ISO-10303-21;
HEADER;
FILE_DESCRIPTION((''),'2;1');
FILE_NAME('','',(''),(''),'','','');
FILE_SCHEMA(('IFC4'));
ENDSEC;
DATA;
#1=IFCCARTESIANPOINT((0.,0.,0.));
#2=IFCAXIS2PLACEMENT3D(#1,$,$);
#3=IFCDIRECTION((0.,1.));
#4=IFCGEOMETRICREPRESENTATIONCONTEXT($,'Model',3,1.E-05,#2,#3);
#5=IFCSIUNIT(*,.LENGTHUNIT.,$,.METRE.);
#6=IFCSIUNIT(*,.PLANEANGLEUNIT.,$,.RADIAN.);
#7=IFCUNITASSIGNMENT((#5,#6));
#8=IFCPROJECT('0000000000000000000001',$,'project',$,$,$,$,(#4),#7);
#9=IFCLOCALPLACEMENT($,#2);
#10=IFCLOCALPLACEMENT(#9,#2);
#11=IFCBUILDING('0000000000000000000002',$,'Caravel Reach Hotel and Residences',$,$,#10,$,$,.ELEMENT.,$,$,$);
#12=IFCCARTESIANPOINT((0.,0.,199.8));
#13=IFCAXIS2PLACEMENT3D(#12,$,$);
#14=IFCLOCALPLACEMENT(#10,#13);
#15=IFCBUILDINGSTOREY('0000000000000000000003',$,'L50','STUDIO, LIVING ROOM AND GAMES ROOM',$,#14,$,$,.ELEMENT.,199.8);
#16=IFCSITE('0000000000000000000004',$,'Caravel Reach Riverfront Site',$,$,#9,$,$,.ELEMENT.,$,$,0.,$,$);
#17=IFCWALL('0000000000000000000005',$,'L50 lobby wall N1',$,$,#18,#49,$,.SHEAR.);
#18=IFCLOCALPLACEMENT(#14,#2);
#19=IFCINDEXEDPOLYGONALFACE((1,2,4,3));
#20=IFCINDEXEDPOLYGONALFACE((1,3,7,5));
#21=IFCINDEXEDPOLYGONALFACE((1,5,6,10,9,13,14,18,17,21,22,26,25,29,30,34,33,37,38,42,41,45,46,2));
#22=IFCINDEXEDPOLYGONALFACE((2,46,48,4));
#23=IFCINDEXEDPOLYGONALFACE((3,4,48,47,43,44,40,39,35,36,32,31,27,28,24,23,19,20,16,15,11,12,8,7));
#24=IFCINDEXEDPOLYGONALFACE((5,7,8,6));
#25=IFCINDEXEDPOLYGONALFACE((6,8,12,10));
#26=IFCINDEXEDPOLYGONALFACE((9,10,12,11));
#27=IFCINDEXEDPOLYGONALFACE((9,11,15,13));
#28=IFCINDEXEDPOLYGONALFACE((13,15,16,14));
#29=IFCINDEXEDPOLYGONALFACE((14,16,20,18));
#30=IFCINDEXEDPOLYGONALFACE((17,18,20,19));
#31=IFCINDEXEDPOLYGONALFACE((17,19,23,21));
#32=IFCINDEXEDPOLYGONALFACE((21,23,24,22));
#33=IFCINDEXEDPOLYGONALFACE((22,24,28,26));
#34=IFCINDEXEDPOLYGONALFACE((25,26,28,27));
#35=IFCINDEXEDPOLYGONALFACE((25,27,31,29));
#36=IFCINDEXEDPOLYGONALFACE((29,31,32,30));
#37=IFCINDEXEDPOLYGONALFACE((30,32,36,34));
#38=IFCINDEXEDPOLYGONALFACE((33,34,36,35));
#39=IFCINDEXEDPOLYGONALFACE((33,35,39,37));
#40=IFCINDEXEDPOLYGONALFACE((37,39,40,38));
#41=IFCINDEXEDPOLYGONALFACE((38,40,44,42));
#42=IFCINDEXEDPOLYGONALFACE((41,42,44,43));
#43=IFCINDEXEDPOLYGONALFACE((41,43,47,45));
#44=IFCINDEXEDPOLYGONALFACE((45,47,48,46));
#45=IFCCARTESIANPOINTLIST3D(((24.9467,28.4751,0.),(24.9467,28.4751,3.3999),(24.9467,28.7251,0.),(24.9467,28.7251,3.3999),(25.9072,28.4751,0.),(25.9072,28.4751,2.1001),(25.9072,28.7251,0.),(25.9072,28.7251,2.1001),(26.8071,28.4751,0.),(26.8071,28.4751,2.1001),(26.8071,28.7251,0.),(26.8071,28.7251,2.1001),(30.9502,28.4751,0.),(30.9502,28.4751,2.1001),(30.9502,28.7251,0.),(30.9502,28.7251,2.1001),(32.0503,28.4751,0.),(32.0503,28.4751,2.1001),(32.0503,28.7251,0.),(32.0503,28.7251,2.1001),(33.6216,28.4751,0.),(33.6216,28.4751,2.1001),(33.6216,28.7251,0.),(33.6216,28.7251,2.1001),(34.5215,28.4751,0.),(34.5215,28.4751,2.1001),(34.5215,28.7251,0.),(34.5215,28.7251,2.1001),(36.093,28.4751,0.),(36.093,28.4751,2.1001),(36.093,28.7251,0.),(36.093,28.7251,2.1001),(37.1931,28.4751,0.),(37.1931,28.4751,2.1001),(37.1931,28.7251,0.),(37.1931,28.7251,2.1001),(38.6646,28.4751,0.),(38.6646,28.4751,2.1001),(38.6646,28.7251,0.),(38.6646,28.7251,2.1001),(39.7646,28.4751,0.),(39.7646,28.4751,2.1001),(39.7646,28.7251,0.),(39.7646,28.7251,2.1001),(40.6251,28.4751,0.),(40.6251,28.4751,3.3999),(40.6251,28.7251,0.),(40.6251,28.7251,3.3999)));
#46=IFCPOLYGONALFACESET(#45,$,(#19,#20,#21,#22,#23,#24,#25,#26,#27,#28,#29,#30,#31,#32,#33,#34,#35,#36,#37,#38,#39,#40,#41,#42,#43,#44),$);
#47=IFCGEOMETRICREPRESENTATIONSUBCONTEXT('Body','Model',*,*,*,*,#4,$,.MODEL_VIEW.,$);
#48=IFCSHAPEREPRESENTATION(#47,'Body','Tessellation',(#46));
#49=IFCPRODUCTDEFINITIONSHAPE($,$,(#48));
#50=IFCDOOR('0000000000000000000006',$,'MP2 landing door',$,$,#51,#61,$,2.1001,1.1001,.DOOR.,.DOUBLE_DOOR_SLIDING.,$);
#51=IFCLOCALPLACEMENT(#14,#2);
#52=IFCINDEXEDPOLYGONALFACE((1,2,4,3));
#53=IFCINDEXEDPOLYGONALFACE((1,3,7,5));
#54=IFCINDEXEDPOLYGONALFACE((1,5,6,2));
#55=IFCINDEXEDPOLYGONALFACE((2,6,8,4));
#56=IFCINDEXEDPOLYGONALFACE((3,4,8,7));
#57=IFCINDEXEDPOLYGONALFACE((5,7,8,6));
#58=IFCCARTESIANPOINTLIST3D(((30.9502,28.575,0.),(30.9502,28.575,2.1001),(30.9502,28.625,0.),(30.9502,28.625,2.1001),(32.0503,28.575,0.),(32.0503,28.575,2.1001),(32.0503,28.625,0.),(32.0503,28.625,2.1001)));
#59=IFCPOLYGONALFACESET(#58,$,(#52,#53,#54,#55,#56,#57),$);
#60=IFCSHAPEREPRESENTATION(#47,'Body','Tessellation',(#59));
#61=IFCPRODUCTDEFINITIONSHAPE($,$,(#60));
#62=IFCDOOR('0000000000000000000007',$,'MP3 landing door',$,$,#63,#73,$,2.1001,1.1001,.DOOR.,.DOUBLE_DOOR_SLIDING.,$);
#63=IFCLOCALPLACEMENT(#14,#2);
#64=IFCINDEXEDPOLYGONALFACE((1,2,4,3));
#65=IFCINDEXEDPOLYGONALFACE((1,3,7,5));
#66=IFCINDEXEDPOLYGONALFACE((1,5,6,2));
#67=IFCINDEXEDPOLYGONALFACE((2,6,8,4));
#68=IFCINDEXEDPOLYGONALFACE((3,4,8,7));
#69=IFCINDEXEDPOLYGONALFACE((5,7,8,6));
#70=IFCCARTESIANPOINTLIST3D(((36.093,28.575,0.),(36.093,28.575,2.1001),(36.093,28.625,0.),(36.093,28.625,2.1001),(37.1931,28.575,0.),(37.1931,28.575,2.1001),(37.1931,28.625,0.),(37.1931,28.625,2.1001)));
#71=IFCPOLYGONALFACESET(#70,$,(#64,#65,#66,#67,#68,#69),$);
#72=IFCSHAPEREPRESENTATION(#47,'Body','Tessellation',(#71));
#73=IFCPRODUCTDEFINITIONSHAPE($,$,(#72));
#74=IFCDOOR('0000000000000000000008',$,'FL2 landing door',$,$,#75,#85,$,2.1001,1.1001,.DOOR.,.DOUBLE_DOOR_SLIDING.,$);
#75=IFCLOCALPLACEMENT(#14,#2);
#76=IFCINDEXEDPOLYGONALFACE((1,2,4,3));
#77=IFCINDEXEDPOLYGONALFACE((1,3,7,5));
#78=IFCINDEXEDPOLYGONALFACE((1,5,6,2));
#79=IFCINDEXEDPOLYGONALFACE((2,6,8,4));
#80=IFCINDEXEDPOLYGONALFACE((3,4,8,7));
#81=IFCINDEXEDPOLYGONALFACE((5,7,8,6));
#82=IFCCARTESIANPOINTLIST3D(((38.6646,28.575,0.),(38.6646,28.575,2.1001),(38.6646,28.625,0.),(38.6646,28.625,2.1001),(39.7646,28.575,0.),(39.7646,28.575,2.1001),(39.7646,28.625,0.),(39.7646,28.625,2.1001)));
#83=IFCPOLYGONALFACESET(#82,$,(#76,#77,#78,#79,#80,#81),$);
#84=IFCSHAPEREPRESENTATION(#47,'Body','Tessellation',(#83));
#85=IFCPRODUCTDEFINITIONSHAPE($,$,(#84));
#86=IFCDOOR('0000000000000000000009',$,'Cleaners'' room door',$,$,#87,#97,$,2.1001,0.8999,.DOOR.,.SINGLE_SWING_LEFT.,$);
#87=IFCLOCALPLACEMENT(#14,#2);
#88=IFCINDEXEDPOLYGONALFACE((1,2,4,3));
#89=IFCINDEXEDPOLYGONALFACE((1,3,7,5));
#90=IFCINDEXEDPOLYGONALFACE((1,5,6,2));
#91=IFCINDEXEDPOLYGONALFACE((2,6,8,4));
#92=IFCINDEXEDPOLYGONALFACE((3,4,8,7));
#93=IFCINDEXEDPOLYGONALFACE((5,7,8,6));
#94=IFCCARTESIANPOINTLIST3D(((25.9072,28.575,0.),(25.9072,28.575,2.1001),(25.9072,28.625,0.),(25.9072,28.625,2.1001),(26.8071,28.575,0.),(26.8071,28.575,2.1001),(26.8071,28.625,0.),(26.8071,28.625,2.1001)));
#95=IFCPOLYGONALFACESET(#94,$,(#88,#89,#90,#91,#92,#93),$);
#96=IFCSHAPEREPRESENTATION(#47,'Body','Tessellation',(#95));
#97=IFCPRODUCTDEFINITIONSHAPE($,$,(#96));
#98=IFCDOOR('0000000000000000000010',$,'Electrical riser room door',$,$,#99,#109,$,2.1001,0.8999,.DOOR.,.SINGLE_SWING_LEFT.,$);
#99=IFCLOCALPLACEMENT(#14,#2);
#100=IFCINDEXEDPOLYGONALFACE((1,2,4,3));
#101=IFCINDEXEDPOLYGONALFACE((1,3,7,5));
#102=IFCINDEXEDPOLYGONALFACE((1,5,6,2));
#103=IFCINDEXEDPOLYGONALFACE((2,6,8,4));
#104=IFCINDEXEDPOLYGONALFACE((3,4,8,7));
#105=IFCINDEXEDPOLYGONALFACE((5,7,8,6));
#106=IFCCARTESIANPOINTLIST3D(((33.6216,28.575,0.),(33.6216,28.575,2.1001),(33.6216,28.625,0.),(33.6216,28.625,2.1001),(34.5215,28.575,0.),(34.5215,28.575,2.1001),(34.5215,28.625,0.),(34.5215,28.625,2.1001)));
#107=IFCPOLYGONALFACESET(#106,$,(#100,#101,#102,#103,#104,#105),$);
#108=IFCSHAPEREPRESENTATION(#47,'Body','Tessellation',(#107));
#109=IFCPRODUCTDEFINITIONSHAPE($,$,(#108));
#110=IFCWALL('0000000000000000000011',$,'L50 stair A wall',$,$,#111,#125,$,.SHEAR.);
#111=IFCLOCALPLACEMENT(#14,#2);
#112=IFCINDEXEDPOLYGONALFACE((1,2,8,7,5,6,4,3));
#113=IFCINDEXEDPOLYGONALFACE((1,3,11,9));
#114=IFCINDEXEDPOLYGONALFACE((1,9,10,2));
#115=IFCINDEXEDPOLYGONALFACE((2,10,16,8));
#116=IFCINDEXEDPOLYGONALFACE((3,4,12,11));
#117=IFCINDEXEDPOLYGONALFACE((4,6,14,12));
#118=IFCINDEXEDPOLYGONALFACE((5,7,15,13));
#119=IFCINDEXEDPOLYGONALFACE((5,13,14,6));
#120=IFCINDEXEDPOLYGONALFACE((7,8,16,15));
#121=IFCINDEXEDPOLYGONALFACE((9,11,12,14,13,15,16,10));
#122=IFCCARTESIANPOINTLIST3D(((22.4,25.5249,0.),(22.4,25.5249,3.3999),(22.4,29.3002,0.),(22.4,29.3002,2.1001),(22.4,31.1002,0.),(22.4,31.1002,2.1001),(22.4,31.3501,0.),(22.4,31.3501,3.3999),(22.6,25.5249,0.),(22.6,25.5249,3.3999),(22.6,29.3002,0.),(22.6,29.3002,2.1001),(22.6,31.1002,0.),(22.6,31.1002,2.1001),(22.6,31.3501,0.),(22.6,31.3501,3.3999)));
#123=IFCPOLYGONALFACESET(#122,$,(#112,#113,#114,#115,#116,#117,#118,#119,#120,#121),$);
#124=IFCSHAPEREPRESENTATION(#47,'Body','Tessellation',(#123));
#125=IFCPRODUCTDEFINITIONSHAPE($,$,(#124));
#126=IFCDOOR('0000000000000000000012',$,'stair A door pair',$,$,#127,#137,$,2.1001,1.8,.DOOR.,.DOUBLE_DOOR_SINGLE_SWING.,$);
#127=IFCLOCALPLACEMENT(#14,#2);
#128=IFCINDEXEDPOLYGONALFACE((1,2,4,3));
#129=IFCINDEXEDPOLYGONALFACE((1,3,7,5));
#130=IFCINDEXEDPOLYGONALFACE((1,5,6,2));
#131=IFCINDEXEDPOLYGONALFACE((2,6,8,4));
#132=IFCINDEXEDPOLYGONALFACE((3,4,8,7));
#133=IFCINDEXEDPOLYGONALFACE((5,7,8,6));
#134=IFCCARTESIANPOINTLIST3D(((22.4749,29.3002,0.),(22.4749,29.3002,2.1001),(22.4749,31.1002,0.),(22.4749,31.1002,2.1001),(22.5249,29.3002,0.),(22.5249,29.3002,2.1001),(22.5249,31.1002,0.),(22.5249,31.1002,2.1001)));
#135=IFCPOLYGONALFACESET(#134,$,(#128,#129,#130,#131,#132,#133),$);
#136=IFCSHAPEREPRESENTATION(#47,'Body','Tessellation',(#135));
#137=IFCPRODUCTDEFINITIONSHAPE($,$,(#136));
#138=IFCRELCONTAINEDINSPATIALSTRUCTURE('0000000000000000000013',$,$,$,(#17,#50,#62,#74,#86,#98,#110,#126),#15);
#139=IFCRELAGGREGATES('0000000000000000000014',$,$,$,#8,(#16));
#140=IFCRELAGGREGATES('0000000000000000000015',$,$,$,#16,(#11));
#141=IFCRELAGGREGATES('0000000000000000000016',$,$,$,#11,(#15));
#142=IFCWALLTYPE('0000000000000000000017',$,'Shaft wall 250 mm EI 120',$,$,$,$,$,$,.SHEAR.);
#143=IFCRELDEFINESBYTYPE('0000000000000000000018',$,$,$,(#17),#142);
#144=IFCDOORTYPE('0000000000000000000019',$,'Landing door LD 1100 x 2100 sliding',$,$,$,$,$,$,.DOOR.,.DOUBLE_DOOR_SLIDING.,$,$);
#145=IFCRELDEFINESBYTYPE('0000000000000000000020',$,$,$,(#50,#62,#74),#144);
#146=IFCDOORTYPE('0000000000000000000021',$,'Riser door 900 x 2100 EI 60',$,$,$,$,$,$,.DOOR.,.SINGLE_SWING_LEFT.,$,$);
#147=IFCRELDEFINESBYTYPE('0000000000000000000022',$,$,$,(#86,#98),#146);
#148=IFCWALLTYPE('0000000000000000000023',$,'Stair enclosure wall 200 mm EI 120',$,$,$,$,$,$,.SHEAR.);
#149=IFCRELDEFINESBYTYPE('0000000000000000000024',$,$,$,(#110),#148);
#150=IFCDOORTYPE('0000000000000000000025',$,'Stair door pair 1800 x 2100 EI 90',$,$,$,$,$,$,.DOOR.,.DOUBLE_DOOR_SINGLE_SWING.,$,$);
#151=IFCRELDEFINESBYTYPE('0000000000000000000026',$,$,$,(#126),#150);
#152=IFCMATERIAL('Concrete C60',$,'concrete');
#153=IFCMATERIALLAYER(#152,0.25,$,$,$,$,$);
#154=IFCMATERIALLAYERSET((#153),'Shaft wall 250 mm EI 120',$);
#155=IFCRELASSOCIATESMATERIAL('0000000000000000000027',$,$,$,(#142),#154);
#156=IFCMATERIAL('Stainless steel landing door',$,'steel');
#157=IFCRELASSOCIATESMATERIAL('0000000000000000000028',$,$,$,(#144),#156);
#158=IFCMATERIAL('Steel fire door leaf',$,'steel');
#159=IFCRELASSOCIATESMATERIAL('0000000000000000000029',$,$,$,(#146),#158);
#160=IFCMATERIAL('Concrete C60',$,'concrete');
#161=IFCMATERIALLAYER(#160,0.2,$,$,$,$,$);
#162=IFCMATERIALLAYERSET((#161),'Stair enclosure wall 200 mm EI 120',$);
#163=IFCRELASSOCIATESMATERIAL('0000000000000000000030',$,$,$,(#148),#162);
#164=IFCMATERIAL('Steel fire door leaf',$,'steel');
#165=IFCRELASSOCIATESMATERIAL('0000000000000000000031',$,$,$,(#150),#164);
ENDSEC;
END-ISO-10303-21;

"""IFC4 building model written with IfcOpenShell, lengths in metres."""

from ifc_helpers import new_model, si_unit, direction, frame, frame_2d, origin, place, context, subcontext, project, spatial, rectangle, extrude, material, layer, layer_set, type_object, element, fill, save


model = new_model("IFC4")

# Units and contexts
model_context = context("Model", 3, precision=1e-05, world=origin(), true_north=direction((0.0, 1.0)))
body_context = subcontext(model_context, "Body", "Model", "MODEL_VIEW")
ifc_project = project(units=[si_unit("LENGTHUNIT", "METRE"), si_unit("PLANEANGLEUNIT", "RADIAN")], contexts=[model_context])

# Site, building, storey
site_placement = place(None, origin())
site = spatial("IfcSite", under=ifc_project, at=site_placement, Name="Caravel Reach Riverfront Site", CompositionType="ELEMENT", RefElevation=0.0)
building_placement = place(site_placement, origin())
building = spatial("IfcBuilding", under=site, at=building_placement, Name="Caravel Reach Hotel and Residences", CompositionType="ELEMENT")
storey_placement = place(building_placement, frame((0.0, 0.0, 199.8)))
storey = spatial("IfcBuildingStorey", under=building, at=storey_placement, Name="L50", Description="STUDIO, LIVING ROOM AND GAMES ROOM", CompositionType="ELEMENT", Elevation=199.8)

# Wall, openings, doors
ifc_material_1 = material(Name="Concrete C60", Category="concrete")
ifc_layer_1 = layer(ifc_material_1, 0.25)
ifc_layer_set_1 = layer_set([ifc_layer_1], Name="Shaft wall 250 mm EI 120")
wall_type_1 = type_object("IfcWallType", Name="Shaft wall 250 mm EI 120", PredefinedType="SHEAR", material=ifc_layer_set_1)
ifc_material_2 = material(Name="Stainless steel landing door", Category="steel")
door_type_1 = type_object("IfcDoorType", Name="Landing door LD 1100 x 2100 sliding", OperationType="DOUBLE_DOOR_SLIDING", PredefinedType="DOOR", material=ifc_material_2)
ifc_material_3 = material(Name="Steel fire door leaf", Category="steel")
door_type_2 = type_object("IfcDoorType", Name="Riser door 900 x 2100 EI 60", OperationType="SINGLE_SWING_LEFT", PredefinedType="DOOR", material=ifc_material_3)
wall_1_placement = place(storey_placement, frame((24.9465, 28.6001, 0.0), z_axis=(0.0, 0.0, 1.0), x_axis=(1.0, 0.0, 0.0)))
wall_1 = element("IfcWall", 1, at=wall_1_placement, inside=storey, type_object=wall_type_1, Name="L50 lobby wall N1", PredefinedType="SHEAR", context=body_context, shape_type="SweptSolid", body=[
    extrude(rectangle(XDim=15.6785, YDim=0.25, at=frame_2d((7.8394, 0.0))), origin(), (0.0, 0.0, 1.0), 3.3999),
])
opening_1_placement = place(wall_1_placement, frame((6.0037, 0.0, 0.0)))
opening_1 = element("IfcOpeningElement", 2, at=opening_1_placement, cuts=wall_1, PredefinedType="OPENING", context=body_context, shape_type="SweptSolid", body=[
    extrude(rectangle(XDim=1.1001, YDim=2.1001, at=frame_2d((0.55, 1.05))), frame((0.0, 0.135, 0.0), z_axis=(0.0, -1.0, 0.0), x_axis=(1.0, 0.0, 0.0)), (0.0, 0.0, 1.0), 0.27),
])
opening_2_placement = place(wall_1_placement, frame((11.1465, 0.0, 0.0)))
opening_2 = element("IfcOpeningElement", 3, at=opening_2_placement, cuts=wall_1, PredefinedType="OPENING", context=body_context, shape_type="SweptSolid", body=[
    extrude(rectangle(XDim=1.1001, YDim=2.1001, at=frame_2d((0.55, 1.05))), frame((0.0, 0.135, 0.0), z_axis=(0.0, -1.0, 0.0), x_axis=(1.0, 0.0, 0.0)), (0.0, 0.0, 1.0), 0.27),
])
opening_3_placement = place(wall_1_placement, frame((13.718, 0.0, 0.0)))
opening_3 = element("IfcOpeningElement", 4, at=opening_3_placement, cuts=wall_1, PredefinedType="OPENING", context=body_context, shape_type="SweptSolid", body=[
    extrude(rectangle(XDim=1.1001, YDim=2.1001, at=frame_2d((0.55, 1.05))), frame((0.0, 0.135, 0.0), z_axis=(0.0, -1.0, 0.0), x_axis=(1.0, 0.0, 0.0)), (0.0, 0.0, 1.0), 0.27),
])
opening_4_placement = place(wall_1_placement, frame((0.9607, 0.0, 0.0)))
opening_4 = element("IfcOpeningElement", 5, at=opening_4_placement, cuts=wall_1, PredefinedType="OPENING", context=body_context, shape_type="SweptSolid", body=[
    extrude(rectangle(XDim=0.8999, YDim=2.1001, at=frame_2d((0.45, 1.05))), frame((0.0, 0.135, 0.0), z_axis=(0.0, -1.0, 0.0), x_axis=(1.0, 0.0, 0.0)), (0.0, 0.0, 1.0), 0.27),
])
opening_5_placement = place(wall_1_placement, frame((8.675, 0.0, 0.0)))
opening_5 = element("IfcOpeningElement", 6, at=opening_5_placement, cuts=wall_1, PredefinedType="OPENING", context=body_context, shape_type="SweptSolid", body=[
    extrude(rectangle(XDim=0.8999, YDim=2.1001, at=frame_2d((0.45, 1.05))), frame((0.0, 0.135, 0.0), z_axis=(0.0, -1.0, 0.0), x_axis=(1.0, 0.0, 0.0)), (0.0, 0.0, 1.0), 0.27),
])
door_1_placement = place(opening_1_placement, origin())
door_1 = element("IfcDoor", 7, at=door_1_placement, inside=storey, type_object=door_type_1, Name="MP2 landing door", OperationType="DOUBLE_DOOR_SLIDING", OverallHeight=2.1001, OverallWidth=1.1001, PredefinedType="DOOR", context=body_context, shape_type="SweptSolid", body=[
    extrude(rectangle(XDim=1.1001, YDim=2.1001, at=frame_2d((0.55, 1.05))), frame((0.0, 0.0249, 0.0), z_axis=(0.0, -1.0, 0.0), x_axis=(1.0, 0.0, 0.0)), (0.0, 0.0, 1.0), 0.05),
])
fill(opening_1, door_1)
door_2_placement = place(opening_2_placement, origin())
door_2 = element("IfcDoor", 8, at=door_2_placement, inside=storey, type_object=door_type_1, Name="MP3 landing door", OperationType="DOUBLE_DOOR_SLIDING", OverallHeight=2.1001, OverallWidth=1.1001, PredefinedType="DOOR", context=body_context, shape_type="SweptSolid", body=[
    extrude(rectangle(XDim=1.1001, YDim=2.1001, at=frame_2d((0.55, 1.05))), frame((0.0, 0.0249, 0.0), z_axis=(0.0, -1.0, 0.0), x_axis=(1.0, 0.0, 0.0)), (0.0, 0.0, 1.0), 0.05),
])
fill(opening_2, door_2)
door_3_placement = place(opening_3_placement, origin())
door_3 = element("IfcDoor", 9, at=door_3_placement, inside=storey, type_object=door_type_1, Name="FL2 landing door", OperationType="DOUBLE_DOOR_SLIDING", OverallHeight=2.1001, OverallWidth=1.1001, PredefinedType="DOOR", context=body_context, shape_type="SweptSolid", body=[
    extrude(rectangle(XDim=1.1001, YDim=2.1001, at=frame_2d((0.55, 1.05))), frame((0.0, 0.0249, 0.0), z_axis=(0.0, -1.0, 0.0), x_axis=(1.0, 0.0, 0.0)), (0.0, 0.0, 1.0), 0.05),
])
fill(opening_3, door_3)
door_4_placement = place(opening_4_placement, origin())
door_4 = element("IfcDoor", 10, at=door_4_placement, inside=storey, type_object=door_type_2, Name="Cleaners' room door", OperationType="SINGLE_SWING_LEFT", OverallHeight=2.1001, OverallWidth=0.8999, PredefinedType="DOOR", context=body_context, shape_type="SweptSolid", body=[
    extrude(rectangle(XDim=0.8999, YDim=2.1001, at=frame_2d((0.45, 1.05))), frame((0.0, 0.0249, 0.0), z_axis=(0.0, -1.0, 0.0), x_axis=(1.0, 0.0, 0.0)), (0.0, 0.0, 1.0), 0.05),
])
fill(opening_4, door_4)
door_5_placement = place(opening_5_placement, origin())
door_5 = element("IfcDoor", 11, at=door_5_placement, inside=storey, type_object=door_type_2, Name="Electrical riser room door", OperationType="SINGLE_SWING_LEFT", OverallHeight=2.1001, OverallWidth=0.8999, PredefinedType="DOOR", context=body_context, shape_type="SweptSolid", body=[
    extrude(rectangle(XDim=0.8999, YDim=2.1001, at=frame_2d((0.45, 1.05))), frame((0.0, 0.0249, 0.0), z_axis=(0.0, -1.0, 0.0), x_axis=(1.0, 0.0, 0.0)), (0.0, 0.0, 1.0), 0.05),
])
fill(opening_5, door_5)

# Wall, opening, door
ifc_material_4 = material(Name="Concrete C60", Category="concrete")
ifc_layer_2 = layer(ifc_material_4, 0.2)
ifc_layer_set_2 = layer_set([ifc_layer_2], Name="Stair enclosure wall 200 mm EI 120")
wall_type_2 = type_object("IfcWallType", Name="Stair enclosure wall 200 mm EI 120", PredefinedType="SHEAR", material=ifc_layer_set_2)
wall_2_placement = place(storey_placement, frame((22.5, 31.3501, 0.0), z_axis=(0.0, 0.0, 1.0), x_axis=(0.0, -1.0, 0.0)))
wall_2 = element("IfcWall", 12, at=wall_2_placement, inside=storey, type_object=wall_type_2, Name="L50 stair A wall", PredefinedType="SHEAR", context=body_context, shape_type="SweptSolid", body=[
    extrude(rectangle(XDim=5.8252, YDim=0.2, at=frame_2d((2.9126, 0.0))), origin(), (0.0, 0.0, 1.0), 3.3999),
])
opening_6_placement = place(wall_2_placement, frame((0.25, 0.0, 0.0)))
opening_6 = element("IfcOpeningElement", 13, at=opening_6_placement, cuts=wall_2, PredefinedType="OPENING", context=body_context, shape_type="SweptSolid", body=[
    extrude(rectangle(XDim=1.8, YDim=2.1001, at=frame_2d((0.8999, 1.05))), frame((0.0, 0.1099, 0.0), z_axis=(0.0, -1.0, 0.0), x_axis=(1.0, 0.0, 0.0)), (0.0, 0.0, 1.0), 0.22),
])
ifc_material_5 = material(Name="Steel fire door leaf", Category="steel")
door_type_3 = type_object("IfcDoorType", Name="Stair door pair 1800 x 2100 EI 90", OperationType="DOUBLE_DOOR_SINGLE_SWING", PredefinedType="DOOR", material=ifc_material_5)
door_6_placement = place(opening_6_placement, origin())
door_6 = element("IfcDoor", 14, at=door_6_placement, inside=storey, type_object=door_type_3, Name="stair A door pair", OperationType="DOUBLE_DOOR_SINGLE_SWING", OverallHeight=2.1001, OverallWidth=1.8, PredefinedType="DOOR", context=body_context, shape_type="SweptSolid", body=[
    extrude(rectangle(XDim=1.8, YDim=2.1001, at=frame_2d((0.8999, 1.05))), frame((0.0, 0.0249, 0.0), z_axis=(0.0, -1.0, 0.0), x_axis=(1.0, 0.0, 0.0)), (0.0, 0.0, 1.0), 0.05),
])
fill(opening_6, door_6)

save(model, "model.ifc")
